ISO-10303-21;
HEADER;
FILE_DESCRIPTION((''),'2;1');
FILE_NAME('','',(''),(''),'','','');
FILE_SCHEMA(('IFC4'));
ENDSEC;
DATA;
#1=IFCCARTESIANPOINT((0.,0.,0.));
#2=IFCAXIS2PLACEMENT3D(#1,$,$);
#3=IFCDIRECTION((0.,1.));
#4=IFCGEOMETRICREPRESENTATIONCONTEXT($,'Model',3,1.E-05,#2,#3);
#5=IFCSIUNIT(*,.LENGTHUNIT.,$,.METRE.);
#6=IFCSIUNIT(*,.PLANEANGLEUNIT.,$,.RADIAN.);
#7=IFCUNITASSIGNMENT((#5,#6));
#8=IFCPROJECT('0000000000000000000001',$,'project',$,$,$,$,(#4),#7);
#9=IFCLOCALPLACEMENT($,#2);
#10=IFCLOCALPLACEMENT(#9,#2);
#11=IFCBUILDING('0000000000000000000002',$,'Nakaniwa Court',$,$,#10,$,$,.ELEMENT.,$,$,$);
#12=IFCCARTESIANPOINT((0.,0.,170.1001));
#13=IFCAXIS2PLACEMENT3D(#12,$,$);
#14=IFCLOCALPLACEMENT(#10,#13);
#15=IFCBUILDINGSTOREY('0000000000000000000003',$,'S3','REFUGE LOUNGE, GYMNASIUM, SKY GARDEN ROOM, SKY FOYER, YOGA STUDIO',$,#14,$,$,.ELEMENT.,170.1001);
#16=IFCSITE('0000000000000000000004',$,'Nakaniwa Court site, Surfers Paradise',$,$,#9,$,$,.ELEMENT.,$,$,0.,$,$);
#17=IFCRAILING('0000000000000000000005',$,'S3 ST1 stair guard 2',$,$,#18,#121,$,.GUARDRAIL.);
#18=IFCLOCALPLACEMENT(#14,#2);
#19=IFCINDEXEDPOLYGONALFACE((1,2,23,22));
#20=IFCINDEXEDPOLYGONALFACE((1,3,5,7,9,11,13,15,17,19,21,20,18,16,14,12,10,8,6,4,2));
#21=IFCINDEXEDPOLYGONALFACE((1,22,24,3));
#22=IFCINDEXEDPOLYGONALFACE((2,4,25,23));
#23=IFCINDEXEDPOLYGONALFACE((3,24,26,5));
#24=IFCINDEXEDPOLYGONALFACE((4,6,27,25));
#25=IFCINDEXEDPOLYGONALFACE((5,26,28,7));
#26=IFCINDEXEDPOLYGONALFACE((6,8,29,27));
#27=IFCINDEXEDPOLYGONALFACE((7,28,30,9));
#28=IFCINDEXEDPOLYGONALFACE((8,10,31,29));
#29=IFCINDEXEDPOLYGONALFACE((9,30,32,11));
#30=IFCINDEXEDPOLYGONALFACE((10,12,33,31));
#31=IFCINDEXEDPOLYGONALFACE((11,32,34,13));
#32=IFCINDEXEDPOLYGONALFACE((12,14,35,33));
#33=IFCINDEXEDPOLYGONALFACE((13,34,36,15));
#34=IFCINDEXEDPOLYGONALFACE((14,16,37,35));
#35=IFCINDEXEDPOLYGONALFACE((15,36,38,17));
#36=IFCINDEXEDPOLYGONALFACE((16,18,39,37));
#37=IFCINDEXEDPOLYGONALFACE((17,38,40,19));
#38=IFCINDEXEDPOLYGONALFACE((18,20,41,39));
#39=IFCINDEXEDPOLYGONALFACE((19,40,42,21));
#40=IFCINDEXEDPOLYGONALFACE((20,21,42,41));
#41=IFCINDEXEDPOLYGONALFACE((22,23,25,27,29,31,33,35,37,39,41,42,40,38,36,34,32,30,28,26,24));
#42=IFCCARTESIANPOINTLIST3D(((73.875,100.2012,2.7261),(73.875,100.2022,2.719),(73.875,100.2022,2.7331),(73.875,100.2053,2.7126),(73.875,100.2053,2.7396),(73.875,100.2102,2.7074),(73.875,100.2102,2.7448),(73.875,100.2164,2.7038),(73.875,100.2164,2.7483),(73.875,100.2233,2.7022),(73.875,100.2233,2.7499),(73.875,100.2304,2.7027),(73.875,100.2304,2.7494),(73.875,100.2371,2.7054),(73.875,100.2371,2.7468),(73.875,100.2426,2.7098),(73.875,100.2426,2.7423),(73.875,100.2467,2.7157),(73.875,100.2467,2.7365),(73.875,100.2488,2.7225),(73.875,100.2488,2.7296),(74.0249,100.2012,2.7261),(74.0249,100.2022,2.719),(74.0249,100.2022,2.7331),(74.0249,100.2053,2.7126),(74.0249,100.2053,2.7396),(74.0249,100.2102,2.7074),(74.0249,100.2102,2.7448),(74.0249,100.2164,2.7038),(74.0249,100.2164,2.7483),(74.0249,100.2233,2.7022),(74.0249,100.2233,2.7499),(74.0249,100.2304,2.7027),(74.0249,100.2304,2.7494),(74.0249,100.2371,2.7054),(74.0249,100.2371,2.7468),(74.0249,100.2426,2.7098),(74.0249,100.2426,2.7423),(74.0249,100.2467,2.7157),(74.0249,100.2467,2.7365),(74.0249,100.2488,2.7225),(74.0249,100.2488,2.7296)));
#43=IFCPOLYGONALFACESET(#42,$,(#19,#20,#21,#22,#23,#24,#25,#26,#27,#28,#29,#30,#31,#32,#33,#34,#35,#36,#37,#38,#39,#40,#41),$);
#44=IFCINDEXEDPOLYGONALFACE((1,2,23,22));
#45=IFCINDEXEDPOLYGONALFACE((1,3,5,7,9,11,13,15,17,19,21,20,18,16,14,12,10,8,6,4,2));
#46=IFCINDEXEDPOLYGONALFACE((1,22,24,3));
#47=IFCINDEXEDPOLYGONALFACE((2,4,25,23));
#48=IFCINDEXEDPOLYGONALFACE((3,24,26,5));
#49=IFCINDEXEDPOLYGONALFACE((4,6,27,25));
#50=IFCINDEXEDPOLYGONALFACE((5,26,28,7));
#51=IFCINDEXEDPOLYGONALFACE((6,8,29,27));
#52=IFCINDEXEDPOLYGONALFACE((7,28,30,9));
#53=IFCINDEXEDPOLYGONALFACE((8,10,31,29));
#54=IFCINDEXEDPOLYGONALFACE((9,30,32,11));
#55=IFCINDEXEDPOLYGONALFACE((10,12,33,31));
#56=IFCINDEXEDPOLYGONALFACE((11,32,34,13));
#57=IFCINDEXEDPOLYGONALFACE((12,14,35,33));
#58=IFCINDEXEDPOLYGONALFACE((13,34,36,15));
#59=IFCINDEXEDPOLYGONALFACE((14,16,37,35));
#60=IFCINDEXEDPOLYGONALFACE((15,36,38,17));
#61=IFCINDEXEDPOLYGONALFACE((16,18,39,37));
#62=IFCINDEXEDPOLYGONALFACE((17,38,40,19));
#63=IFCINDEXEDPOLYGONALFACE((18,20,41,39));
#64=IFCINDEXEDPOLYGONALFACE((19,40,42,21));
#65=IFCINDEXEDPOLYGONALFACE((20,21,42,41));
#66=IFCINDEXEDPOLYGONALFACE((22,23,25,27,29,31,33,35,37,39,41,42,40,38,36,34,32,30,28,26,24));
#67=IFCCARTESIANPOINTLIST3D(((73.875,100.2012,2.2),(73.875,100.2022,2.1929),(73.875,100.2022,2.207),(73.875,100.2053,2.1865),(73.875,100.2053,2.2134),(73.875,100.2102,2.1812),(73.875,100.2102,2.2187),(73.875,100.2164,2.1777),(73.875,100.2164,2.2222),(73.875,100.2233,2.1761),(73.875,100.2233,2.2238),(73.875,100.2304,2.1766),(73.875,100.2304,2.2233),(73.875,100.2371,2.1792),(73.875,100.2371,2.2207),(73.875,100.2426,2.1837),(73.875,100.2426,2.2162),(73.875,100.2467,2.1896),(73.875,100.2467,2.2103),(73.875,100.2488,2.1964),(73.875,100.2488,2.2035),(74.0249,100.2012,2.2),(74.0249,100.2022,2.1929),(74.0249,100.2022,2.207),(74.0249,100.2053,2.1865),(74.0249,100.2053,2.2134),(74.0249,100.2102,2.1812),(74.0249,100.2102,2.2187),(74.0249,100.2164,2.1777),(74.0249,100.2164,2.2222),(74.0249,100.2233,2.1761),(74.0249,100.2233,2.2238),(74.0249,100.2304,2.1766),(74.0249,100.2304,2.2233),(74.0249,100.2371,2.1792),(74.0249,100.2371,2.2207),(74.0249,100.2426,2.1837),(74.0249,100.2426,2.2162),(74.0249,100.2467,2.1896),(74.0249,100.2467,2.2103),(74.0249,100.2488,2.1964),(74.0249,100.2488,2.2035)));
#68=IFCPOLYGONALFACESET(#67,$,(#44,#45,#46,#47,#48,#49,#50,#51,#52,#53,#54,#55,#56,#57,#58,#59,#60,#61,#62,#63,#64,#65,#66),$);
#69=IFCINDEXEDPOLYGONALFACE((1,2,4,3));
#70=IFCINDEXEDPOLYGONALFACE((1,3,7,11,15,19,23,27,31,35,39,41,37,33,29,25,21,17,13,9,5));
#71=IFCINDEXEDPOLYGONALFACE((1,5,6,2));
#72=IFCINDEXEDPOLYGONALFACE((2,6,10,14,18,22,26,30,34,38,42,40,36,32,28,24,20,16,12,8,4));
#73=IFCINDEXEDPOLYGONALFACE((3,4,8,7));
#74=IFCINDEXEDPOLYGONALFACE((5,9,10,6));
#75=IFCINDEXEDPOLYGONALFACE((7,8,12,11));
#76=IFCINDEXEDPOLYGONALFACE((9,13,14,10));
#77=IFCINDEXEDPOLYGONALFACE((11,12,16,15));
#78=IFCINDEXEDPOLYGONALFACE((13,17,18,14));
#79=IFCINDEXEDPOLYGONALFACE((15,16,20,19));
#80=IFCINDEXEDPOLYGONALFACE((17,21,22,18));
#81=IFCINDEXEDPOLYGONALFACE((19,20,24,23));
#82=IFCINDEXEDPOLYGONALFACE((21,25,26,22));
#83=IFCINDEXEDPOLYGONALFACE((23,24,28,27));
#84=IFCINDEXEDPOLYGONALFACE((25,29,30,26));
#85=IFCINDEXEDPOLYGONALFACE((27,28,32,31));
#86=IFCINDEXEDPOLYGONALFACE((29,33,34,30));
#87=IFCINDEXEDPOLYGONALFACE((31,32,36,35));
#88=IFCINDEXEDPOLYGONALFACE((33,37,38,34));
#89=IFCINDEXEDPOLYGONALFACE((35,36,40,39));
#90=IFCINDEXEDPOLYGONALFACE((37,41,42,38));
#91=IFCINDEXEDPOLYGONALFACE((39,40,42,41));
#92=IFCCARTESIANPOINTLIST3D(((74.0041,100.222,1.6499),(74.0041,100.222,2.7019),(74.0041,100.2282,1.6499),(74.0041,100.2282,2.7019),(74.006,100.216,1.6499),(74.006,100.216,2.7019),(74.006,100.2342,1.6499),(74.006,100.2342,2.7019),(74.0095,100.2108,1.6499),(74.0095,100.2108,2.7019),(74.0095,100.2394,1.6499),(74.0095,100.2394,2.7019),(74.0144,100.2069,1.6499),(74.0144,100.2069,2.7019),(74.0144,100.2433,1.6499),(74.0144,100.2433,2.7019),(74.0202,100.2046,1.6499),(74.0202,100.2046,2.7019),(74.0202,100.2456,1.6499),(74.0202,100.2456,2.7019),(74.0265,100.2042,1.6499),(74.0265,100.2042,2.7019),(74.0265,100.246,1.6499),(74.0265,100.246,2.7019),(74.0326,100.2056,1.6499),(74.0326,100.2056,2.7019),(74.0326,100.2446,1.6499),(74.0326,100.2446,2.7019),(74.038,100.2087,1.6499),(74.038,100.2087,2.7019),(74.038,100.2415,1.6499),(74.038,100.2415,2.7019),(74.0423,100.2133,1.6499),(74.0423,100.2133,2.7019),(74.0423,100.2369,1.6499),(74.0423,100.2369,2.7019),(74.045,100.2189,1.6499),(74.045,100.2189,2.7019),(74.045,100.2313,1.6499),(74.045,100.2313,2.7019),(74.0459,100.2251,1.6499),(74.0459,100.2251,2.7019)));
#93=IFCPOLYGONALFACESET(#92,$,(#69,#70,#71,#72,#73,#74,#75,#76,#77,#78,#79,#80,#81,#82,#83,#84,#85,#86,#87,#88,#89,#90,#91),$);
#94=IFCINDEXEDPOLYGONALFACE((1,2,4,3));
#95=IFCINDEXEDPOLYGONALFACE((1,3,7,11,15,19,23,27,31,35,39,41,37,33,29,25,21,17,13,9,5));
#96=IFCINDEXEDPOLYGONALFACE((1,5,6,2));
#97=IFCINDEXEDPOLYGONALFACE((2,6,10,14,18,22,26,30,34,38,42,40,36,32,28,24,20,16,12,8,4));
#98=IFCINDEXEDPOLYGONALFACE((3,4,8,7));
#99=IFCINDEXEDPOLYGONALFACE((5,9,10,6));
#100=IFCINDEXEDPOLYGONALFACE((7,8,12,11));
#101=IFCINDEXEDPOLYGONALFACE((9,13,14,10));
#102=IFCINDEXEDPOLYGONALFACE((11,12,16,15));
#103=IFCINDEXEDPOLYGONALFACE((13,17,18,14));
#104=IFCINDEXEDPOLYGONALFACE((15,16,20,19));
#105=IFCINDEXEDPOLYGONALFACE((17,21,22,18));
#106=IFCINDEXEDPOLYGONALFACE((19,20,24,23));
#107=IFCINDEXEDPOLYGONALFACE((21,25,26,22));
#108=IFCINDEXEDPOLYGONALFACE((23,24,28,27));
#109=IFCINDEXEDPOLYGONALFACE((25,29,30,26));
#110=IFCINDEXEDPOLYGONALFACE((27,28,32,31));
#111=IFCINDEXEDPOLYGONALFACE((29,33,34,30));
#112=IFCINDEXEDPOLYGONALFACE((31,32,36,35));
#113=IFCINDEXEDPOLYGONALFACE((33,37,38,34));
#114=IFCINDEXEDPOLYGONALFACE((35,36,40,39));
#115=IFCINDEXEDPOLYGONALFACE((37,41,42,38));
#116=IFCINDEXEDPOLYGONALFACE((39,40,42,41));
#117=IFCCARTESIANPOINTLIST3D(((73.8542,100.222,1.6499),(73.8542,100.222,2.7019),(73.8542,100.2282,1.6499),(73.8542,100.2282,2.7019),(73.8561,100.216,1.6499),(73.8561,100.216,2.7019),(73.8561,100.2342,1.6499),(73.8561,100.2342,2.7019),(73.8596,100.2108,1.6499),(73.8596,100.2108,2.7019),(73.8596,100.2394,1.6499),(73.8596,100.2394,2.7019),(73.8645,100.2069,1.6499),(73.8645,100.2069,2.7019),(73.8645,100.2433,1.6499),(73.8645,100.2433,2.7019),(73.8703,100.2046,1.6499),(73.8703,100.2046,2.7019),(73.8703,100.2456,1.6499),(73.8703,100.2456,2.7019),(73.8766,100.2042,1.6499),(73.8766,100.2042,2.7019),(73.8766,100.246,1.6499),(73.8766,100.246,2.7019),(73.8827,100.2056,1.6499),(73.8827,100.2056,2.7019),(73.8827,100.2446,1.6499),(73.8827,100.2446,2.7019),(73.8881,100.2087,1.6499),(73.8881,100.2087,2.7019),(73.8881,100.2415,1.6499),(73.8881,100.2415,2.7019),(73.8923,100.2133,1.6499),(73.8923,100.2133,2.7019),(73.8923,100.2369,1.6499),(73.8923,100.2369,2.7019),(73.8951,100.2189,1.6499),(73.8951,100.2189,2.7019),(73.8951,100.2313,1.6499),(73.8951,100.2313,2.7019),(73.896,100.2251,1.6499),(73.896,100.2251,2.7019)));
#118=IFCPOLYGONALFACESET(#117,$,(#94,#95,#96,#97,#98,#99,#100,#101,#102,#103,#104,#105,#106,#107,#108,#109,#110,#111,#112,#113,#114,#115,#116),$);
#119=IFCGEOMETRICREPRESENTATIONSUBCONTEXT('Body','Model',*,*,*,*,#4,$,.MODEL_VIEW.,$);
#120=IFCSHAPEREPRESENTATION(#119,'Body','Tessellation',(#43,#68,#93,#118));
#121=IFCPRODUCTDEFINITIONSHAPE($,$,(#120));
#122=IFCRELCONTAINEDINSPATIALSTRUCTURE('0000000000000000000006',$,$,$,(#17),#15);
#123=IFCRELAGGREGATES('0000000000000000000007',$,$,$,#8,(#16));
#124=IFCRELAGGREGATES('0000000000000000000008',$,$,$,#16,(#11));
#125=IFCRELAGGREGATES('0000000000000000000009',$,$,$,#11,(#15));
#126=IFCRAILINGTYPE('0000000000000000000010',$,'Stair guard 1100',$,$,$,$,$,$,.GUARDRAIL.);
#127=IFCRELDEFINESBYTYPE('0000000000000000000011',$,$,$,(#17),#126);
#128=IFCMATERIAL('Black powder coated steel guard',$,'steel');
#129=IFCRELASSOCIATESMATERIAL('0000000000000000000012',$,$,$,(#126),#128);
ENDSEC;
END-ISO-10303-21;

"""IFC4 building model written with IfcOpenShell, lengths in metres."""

from ifc_helpers import new_model, si_unit, direction, frame, origin, origin_2d, place, context, subcontext, project, spatial, circle, extrude, material, type_object, element, save


model = new_model("IFC4")

# Units and contexts
model_context = context("Model", 3, precision=1e-05, world=origin(), true_north=direction((0.0, 1.0)))
body_context = subcontext(model_context, "Body", "Model", "MODEL_VIEW")
ifc_project = project(units=[si_unit("LENGTHUNIT", "METRE"), si_unit("PLANEANGLEUNIT", "RADIAN")], contexts=[model_context])

# Site, building, storey
site_placement = place(None, origin())
site = spatial("IfcSite", under=ifc_project, at=site_placement, Name="Nakaniwa Court site, Surfers Paradise", CompositionType="ELEMENT", RefElevation=0.0)
building_placement = place(site_placement, origin())
building = spatial("IfcBuilding", under=site, at=building_placement, Name="Nakaniwa Court", CompositionType="ELEMENT")
storey_placement = place(building_placement, frame((0.0, 0.0, 170.1001)))
storey = spatial("IfcBuildingStorey", under=building, at=storey_placement, Name="S3", Description="REFUGE LOUNGE, GYMNASIUM, SKY GARDEN ROOM, SKY FOYER, YOGA STUDIO", CompositionType="ELEMENT", Elevation=170.1001)

# Railing
ifc_material_1 = material(Name="Black powder coated steel guard", Category="steel")
railing_type_1 = type_object("IfcRailingType", Name="Stair guard 1100", PredefinedType="GUARDRAIL", material=ifc_material_1)
railing_1_placement = place(storey_placement, frame((74.0249, 100.2251, 1.6499)))
element("IfcRailing", 1, at=railing_1_placement, inside=storey, type_object=railing_type_1, Name="S3 ST1 stair guard 2", PredefinedType="GUARDRAIL", context=body_context, shape_type="SweptSolid", body=[
    extrude(circle(Radius=0.0239, at=origin_2d()), frame((0.0, 0.0, 1.0762), z_axis=(-1.0, 0.0, 0.0), x_axis=(0.0, -1.0, 0.0)), (0.0, 0.0, 1.0), 0.1499),
    extrude(circle(Radius=0.0239, at=origin_2d()), frame((0.0, 0.0, 0.55), z_axis=(-1.0, 0.0, 0.0), x_axis=(0.0, -1.0, 0.0)), (0.0, 0.0, 1.0), 0.1499),
    extrude(circle(Radius=0.021, at=origin_2d()), origin(), (0.0, 0.0, 1.0), 1.052),
    extrude(circle(Radius=0.021, at=origin_2d()), frame((-0.1499, 0.0, 0.0)), (0.0, 0.0, 1.0), 1.052),
])

save(model, "model.ifc")
